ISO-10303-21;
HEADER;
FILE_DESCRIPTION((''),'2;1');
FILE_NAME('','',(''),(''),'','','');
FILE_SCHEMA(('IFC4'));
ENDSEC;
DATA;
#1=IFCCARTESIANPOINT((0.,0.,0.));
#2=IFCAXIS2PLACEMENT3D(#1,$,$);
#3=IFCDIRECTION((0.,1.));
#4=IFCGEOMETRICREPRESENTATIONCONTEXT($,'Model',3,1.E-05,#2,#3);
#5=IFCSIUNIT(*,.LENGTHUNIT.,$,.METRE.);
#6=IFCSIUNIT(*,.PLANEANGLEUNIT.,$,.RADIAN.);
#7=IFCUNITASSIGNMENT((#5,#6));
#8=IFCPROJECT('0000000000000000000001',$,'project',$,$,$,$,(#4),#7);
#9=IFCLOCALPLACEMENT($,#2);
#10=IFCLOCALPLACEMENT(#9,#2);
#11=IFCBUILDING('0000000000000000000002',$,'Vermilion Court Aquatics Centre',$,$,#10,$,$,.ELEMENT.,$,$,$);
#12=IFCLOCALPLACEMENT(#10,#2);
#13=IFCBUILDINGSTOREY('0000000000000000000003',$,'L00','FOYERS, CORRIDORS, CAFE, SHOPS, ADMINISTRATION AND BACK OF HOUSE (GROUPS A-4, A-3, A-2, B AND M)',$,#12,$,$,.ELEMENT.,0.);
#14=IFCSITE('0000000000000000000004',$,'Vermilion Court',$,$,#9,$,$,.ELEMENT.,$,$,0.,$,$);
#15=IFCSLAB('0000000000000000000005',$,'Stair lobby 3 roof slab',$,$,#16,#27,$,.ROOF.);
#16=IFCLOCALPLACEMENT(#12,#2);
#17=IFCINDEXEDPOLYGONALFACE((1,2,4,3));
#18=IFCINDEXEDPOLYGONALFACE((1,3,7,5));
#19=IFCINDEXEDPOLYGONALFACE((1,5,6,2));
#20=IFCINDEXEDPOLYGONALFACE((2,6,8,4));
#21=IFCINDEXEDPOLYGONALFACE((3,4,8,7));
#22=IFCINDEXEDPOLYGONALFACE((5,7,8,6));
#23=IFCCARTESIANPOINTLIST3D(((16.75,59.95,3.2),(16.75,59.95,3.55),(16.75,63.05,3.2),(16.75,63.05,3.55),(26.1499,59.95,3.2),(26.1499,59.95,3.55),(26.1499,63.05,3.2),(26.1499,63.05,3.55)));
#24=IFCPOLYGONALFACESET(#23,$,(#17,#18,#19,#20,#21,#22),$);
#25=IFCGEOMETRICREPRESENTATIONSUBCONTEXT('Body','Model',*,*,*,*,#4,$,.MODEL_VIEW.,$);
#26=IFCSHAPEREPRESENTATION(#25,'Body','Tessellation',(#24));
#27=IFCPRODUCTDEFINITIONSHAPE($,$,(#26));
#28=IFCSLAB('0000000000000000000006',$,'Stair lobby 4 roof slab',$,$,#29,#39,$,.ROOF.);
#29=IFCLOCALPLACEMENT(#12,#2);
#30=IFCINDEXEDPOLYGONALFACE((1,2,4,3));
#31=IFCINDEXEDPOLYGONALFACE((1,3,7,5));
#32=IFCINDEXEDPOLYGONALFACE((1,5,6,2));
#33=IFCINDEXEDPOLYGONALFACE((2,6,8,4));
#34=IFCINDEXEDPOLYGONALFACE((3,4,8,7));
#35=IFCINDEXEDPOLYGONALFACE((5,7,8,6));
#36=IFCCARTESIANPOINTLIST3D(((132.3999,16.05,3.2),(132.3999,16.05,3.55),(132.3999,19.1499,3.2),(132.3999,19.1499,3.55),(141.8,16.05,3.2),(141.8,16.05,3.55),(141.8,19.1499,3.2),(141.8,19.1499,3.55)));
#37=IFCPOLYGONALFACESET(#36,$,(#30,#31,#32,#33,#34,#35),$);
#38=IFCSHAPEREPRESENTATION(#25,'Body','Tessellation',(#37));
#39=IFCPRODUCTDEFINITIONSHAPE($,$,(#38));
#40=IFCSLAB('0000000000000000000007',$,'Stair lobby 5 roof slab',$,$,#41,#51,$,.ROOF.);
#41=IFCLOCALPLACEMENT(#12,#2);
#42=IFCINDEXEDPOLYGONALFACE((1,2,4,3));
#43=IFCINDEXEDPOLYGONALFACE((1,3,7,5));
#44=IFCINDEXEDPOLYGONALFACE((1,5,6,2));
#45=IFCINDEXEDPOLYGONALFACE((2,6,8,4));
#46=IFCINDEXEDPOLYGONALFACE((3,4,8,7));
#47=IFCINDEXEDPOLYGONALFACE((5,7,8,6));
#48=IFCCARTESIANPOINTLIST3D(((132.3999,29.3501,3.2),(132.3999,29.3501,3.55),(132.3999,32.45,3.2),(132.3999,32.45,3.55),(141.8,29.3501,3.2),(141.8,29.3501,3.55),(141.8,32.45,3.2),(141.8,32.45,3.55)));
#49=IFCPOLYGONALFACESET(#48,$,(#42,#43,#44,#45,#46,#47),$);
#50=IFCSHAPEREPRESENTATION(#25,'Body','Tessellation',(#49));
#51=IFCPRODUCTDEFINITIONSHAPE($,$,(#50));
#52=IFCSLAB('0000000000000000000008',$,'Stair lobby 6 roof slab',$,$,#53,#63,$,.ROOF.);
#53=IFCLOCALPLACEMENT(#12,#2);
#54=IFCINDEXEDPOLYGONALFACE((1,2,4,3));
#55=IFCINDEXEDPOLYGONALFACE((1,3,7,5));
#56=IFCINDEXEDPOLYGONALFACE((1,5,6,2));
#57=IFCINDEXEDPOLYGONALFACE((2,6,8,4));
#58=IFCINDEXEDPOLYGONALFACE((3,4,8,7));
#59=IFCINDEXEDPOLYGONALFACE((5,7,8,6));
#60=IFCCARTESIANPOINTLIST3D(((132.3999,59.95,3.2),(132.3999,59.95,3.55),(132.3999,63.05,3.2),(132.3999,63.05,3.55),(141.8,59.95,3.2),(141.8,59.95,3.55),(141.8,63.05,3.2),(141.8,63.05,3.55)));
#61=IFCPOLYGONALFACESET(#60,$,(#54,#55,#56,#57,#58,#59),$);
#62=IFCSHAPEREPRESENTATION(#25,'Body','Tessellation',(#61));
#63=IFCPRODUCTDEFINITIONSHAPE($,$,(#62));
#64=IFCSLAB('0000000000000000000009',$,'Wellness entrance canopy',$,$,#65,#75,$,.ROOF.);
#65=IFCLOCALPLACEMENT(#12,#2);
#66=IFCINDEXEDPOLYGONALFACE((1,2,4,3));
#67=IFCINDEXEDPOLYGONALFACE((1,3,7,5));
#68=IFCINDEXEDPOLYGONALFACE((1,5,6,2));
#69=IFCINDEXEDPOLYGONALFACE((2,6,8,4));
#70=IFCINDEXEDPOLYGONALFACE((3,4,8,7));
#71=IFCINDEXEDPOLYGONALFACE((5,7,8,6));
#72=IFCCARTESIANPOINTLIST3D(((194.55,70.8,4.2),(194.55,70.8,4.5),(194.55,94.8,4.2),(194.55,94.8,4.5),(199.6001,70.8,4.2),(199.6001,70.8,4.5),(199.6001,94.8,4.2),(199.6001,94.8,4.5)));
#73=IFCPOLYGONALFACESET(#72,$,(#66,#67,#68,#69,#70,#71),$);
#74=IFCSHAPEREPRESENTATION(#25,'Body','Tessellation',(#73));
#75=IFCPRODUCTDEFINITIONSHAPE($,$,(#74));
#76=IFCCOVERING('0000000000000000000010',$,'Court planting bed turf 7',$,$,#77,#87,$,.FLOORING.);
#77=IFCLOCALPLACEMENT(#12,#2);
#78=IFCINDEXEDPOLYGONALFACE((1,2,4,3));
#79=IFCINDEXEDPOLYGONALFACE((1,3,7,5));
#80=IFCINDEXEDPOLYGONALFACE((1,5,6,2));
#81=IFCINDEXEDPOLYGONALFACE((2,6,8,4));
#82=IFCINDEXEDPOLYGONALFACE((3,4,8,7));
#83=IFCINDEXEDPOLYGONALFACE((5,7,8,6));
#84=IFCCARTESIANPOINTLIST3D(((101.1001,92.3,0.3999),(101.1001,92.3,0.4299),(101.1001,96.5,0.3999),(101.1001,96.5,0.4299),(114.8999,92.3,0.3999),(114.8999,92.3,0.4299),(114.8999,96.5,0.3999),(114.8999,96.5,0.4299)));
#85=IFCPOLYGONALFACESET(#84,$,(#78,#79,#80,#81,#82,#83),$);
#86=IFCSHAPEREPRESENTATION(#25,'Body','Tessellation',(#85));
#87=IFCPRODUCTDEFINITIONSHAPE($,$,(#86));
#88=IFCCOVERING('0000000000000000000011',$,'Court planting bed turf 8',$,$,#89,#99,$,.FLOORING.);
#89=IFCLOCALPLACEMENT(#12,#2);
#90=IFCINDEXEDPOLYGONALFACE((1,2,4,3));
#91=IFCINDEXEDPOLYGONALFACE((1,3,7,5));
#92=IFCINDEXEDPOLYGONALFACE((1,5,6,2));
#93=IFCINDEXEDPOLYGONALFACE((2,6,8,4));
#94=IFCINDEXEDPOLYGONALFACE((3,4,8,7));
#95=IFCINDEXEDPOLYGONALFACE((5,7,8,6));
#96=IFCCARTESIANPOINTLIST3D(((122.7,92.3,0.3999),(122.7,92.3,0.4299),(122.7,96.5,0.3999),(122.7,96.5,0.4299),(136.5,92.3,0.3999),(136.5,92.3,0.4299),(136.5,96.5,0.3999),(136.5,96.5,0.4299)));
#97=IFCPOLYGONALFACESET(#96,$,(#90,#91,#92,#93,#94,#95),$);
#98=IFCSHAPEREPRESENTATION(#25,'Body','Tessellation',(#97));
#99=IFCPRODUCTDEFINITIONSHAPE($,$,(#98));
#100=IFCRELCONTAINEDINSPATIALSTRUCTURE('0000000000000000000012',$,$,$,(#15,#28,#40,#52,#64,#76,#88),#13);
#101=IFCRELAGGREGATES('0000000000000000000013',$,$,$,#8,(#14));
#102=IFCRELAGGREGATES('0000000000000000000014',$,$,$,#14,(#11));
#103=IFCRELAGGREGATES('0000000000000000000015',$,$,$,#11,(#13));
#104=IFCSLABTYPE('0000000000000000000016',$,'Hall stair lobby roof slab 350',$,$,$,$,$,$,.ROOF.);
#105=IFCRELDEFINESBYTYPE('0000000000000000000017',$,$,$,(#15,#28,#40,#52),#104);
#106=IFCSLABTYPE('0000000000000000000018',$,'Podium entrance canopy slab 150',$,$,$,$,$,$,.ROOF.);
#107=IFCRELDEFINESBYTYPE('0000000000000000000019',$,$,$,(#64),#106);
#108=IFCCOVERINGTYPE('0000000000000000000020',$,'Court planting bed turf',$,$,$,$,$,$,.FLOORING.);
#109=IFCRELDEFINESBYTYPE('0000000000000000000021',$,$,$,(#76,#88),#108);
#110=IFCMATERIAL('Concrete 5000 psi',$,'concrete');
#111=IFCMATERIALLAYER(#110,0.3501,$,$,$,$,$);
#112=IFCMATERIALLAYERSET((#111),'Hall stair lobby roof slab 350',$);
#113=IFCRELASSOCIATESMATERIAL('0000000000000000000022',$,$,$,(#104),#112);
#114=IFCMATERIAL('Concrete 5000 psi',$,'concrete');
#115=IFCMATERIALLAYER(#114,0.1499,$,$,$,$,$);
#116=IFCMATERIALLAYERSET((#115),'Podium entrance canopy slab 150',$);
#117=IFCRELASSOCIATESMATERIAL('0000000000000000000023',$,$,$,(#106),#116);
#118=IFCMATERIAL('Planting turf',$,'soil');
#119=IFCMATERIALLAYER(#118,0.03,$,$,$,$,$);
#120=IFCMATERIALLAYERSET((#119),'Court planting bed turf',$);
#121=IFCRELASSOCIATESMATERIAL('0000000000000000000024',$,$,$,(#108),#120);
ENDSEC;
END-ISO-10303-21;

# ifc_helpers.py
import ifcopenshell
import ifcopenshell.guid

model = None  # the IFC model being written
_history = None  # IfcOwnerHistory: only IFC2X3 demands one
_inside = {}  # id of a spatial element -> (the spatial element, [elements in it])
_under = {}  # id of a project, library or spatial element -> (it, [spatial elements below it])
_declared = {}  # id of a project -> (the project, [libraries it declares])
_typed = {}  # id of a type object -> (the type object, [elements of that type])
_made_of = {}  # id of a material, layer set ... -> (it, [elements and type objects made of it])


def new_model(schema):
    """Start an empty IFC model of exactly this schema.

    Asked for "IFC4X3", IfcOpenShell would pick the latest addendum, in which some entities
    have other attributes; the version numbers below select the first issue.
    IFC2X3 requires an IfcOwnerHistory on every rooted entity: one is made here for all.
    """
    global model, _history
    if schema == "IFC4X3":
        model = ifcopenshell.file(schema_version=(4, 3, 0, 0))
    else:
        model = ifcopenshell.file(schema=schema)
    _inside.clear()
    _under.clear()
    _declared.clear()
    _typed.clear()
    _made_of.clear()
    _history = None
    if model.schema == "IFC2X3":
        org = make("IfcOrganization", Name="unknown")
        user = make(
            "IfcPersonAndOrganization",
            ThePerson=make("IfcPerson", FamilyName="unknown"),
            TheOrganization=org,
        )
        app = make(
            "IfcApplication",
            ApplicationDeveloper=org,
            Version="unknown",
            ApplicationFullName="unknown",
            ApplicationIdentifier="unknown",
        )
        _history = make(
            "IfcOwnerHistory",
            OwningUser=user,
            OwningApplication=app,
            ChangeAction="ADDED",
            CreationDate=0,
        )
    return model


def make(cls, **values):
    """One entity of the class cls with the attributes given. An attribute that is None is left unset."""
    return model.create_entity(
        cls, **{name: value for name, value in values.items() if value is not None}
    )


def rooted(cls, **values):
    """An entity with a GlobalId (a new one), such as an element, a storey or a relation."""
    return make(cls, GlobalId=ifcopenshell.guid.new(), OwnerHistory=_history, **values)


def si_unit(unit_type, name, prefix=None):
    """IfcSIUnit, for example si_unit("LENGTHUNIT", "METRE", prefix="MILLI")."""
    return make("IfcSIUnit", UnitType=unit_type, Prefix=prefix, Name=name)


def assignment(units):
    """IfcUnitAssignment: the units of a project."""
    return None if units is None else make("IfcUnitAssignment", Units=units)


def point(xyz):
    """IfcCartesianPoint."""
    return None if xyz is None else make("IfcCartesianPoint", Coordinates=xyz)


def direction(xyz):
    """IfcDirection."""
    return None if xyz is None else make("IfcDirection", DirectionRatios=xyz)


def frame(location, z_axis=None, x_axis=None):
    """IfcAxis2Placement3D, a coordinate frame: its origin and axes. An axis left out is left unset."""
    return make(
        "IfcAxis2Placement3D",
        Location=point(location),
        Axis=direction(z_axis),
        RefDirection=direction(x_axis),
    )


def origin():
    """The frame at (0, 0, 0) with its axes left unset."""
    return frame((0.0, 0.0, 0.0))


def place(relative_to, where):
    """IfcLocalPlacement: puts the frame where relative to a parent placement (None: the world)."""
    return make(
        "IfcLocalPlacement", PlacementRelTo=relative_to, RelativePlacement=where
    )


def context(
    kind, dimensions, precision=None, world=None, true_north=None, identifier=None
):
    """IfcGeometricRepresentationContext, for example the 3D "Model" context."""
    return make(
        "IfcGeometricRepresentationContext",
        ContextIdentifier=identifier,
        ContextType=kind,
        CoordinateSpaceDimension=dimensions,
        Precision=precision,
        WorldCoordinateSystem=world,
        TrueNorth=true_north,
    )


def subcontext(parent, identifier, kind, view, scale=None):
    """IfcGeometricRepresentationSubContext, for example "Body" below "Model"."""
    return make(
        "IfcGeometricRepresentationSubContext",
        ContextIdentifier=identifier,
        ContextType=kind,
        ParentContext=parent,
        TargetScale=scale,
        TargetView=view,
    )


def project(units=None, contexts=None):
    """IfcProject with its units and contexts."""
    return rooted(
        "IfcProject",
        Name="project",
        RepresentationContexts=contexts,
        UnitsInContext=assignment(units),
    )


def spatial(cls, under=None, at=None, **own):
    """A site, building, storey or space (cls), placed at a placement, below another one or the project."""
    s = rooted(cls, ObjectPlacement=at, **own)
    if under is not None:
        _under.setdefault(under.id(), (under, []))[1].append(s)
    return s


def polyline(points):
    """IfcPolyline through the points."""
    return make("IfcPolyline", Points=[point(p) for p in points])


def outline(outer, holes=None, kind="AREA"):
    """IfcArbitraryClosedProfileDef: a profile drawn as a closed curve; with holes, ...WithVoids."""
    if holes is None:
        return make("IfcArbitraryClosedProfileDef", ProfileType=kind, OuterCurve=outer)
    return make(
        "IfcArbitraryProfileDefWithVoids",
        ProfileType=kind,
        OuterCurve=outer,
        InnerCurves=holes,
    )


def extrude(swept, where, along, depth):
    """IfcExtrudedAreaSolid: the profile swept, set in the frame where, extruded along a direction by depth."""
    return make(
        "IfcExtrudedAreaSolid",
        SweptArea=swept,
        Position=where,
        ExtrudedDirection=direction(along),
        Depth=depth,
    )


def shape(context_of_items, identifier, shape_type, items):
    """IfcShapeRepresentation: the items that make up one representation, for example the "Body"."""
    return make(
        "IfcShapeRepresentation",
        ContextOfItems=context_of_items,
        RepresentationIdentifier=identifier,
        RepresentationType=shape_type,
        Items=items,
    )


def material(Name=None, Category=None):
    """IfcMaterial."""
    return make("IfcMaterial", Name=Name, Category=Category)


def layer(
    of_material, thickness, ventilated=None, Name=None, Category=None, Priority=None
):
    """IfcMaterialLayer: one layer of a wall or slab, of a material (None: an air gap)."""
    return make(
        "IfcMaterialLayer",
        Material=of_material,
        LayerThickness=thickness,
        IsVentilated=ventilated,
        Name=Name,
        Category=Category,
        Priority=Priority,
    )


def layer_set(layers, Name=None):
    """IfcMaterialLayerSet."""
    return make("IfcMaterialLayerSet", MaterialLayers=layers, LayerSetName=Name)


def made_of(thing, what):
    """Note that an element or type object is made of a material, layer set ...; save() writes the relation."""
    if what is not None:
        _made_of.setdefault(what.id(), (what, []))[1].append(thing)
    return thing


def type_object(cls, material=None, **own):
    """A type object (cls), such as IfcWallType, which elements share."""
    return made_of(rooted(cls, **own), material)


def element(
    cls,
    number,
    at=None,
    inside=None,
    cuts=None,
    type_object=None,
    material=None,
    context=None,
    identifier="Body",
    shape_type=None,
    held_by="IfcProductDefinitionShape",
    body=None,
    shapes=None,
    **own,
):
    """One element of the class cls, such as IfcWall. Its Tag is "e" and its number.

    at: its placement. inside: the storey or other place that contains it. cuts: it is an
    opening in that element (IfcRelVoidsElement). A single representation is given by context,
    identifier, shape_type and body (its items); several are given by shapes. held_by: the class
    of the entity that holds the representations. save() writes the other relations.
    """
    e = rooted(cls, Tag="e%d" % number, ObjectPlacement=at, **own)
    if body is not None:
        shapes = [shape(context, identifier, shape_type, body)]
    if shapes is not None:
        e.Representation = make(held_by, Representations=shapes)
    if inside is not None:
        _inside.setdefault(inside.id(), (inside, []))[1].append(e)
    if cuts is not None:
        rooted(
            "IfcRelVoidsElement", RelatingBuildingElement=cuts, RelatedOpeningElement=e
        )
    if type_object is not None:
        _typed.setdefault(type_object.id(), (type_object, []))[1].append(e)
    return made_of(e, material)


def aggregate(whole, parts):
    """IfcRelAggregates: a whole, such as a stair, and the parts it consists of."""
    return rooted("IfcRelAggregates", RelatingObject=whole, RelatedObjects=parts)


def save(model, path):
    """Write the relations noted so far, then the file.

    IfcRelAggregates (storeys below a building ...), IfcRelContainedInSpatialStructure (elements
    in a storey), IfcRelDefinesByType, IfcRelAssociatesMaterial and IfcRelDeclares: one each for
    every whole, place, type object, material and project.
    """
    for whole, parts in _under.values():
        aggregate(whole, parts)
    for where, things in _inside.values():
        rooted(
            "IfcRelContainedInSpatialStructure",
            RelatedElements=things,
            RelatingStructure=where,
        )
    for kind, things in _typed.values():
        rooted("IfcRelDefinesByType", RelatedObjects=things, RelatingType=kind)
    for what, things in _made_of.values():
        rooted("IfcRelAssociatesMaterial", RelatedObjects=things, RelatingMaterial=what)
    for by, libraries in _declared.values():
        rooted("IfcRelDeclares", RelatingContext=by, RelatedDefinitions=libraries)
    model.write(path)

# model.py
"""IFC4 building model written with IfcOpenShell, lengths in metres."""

from ifc_helpers import new_model, si_unit, direction, frame, origin, place, context, subcontext, project, spatial, polyline, outline, extrude, material, layer, layer_set, type_object, element, save


model = new_model("IFC4")

# Units and contexts
model_context = context("Model", 3, precision=1e-05, world=origin(), true_north=direction((0.0, 1.0)))
body_context = subcontext(model_context, "Body", "Model", "MODEL_VIEW")
ifc_project = project(units=[si_unit("LENGTHUNIT", "METRE"), si_unit("PLANEANGLEUNIT", "RADIAN")], contexts=[model_context])

# Site, building, storey
site_placement = place(None, origin())
site = spatial("IfcSite", under=ifc_project, at=site_placement, Name="Vermilion Court", CompositionType="ELEMENT", RefElevation=0.0)
building_placement = place(site_placement, origin())
building = spatial("IfcBuilding", under=site, at=building_placement, Name="Vermilion Court Aquatics Centre", CompositionType="ELEMENT")
storey_placement = place(building_placement, origin())
storey = spatial("IfcBuildingStorey", under=building, at=storey_placement, Name="L00", Description="FOYERS, CORRIDORS, CAFE, SHOPS, ADMINISTRATION AND BACK OF HOUSE (GROUPS A-4, A-3, A-2, B AND M)", CompositionType="ELEMENT", Elevation=0.0)

# Slabs
ifc_material_1 = material(Name="Concrete 5000 psi", Category="concrete")
ifc_layer_1 = layer(ifc_material_1, 0.3501)
ifc_layer_set_1 = layer_set([ifc_layer_1], Name="Hall stair lobby roof slab 350")
slab_type_1 = type_object("IfcSlabType", Name="Hall stair lobby roof slab 350", PredefinedType="ROOF", material=ifc_layer_set_1)
slab_1_placement = place(storey_placement, frame((0.0, 0.0, 3.2)))
element("IfcSlab", 1, at=slab_1_placement, inside=storey, type_object=slab_type_1, Name="Stair lobby 3 roof slab", PredefinedType="ROOF", context=body_context, shape_type="SweptSolid", body=[
    extrude(outline(polyline([(16.75, 59.95), (26.1499, 59.95), (26.1499, 63.05), (16.75, 63.05), (16.75, 59.95)])), origin(), (0.0, 0.0, 1.0), 0.3501),
])
slab_2_placement = place(storey_placement, frame((0.0, 0.0, 3.2)))
element("IfcSlab", 2, at=slab_2_placement, inside=storey, type_object=slab_type_1, Name="Stair lobby 4 roof slab", PredefinedType="ROOF", context=body_context, shape_type="SweptSolid", body=[
    extrude(outline(polyline([(132.3999, 16.05), (141.8, 16.05), (141.8, 19.1499), (132.3999, 19.1499), (132.3999, 16.05)])), origin(), (0.0, 0.0, 1.0), 0.3501),
])
slab_3_placement = place(storey_placement, frame((0.0, 0.0, 3.2)))
element("IfcSlab", 3, at=slab_3_placement, inside=storey, type_object=slab_type_1, Name="Stair lobby 5 roof slab", PredefinedType="ROOF", context=body_context, shape_type="SweptSolid", body=[
    extrude(outline(polyline([(132.3999, 29.3501), (141.8, 29.3501), (141.8, 32.45), (132.3999, 32.45), (132.3999, 29.3501)])), origin(), (0.0, 0.0, 1.0), 0.3501),
])
slab_4_placement = place(storey_placement, frame((0.0, 0.0, 3.2)))
element("IfcSlab", 4, at=slab_4_placement, inside=storey, type_object=slab_type_1, Name="Stair lobby 6 roof slab", PredefinedType="ROOF", context=body_context, shape_type="SweptSolid", body=[
    extrude(outline(polyline([(132.3999, 59.95), (141.8, 59.95), (141.8, 63.05), (132.3999, 63.05), (132.3999, 59.95)])), origin(), (0.0, 0.0, 1.0), 0.3501),
])
ifc_material_2 = material(Name="Concrete 5000 psi", Category="concrete")
ifc_layer_2 = layer(ifc_material_2, 0.1499)
ifc_layer_set_2 = layer_set([ifc_layer_2], Name="Podium entrance canopy slab 150")
slab_type_2 = type_object("IfcSlabType", Name="Podium entrance canopy slab 150", PredefinedType="ROOF", material=ifc_layer_set_2)
slab_5_placement = place(storey_placement, frame((0.0, 0.0, 4.2)))
element("IfcSlab", 5, at=slab_5_placement, inside=storey, type_object=slab_type_2, Name="Wellness entrance canopy", PredefinedType="ROOF", context=body_context, shape_type="SweptSolid", body=[
    extrude(outline(polyline([(199.6001, 70.8), (199.6001, 94.8), (194.55, 94.8), (194.55, 70.8), (199.6001, 70.8)])), origin(), (0.0, 0.0, 1.0), 0.3),
])

# Coverings
ifc_material_3 = material(Name="Planting turf", Category="soil")
ifc_layer_3 = layer(ifc_material_3, 0.03)
ifc_layer_set_3 = layer_set([ifc_layer_3], Name="Court planting bed turf")
covering_type = type_object("IfcCoveringType", Name="Court planting bed turf", PredefinedType="FLOORING", material=ifc_layer_set_3)
covering_1_placement = place(storey_placement, frame((0.0, 0.0, 0.3999)))
element("IfcCovering", 6, at=covering_1_placement, inside=storey, type_object=covering_type, Name="Court planting bed turf 7", PredefinedType="FLOORING", context=body_context, shape_type="SweptSolid", body=[
    extrude(outline(polyline([(101.1001, 92.3), (114.8999, 92.3), (114.8999, 96.5), (101.1001, 96.5), (101.1001, 92.3)])), origin(), (0.0, 0.0, 1.0), 0.03),
])
covering_2_placement = place(storey_placement, frame((0.0, 0.0, 0.3999)))
element("IfcCovering", 7, at=covering_2_placement, inside=storey, type_object=covering_type, Name="Court planting bed turf 8", PredefinedType="FLOORING", context=body_context, shape_type="SweptSolid", body=[
    extrude(outline(polyline([(122.7, 92.3), (136.5, 92.3), (136.5, 96.5), (122.7, 96.5), (122.7, 92.3)])), origin(), (0.0, 0.0, 1.0), 0.03),
])

save(model, "model.ifc")
